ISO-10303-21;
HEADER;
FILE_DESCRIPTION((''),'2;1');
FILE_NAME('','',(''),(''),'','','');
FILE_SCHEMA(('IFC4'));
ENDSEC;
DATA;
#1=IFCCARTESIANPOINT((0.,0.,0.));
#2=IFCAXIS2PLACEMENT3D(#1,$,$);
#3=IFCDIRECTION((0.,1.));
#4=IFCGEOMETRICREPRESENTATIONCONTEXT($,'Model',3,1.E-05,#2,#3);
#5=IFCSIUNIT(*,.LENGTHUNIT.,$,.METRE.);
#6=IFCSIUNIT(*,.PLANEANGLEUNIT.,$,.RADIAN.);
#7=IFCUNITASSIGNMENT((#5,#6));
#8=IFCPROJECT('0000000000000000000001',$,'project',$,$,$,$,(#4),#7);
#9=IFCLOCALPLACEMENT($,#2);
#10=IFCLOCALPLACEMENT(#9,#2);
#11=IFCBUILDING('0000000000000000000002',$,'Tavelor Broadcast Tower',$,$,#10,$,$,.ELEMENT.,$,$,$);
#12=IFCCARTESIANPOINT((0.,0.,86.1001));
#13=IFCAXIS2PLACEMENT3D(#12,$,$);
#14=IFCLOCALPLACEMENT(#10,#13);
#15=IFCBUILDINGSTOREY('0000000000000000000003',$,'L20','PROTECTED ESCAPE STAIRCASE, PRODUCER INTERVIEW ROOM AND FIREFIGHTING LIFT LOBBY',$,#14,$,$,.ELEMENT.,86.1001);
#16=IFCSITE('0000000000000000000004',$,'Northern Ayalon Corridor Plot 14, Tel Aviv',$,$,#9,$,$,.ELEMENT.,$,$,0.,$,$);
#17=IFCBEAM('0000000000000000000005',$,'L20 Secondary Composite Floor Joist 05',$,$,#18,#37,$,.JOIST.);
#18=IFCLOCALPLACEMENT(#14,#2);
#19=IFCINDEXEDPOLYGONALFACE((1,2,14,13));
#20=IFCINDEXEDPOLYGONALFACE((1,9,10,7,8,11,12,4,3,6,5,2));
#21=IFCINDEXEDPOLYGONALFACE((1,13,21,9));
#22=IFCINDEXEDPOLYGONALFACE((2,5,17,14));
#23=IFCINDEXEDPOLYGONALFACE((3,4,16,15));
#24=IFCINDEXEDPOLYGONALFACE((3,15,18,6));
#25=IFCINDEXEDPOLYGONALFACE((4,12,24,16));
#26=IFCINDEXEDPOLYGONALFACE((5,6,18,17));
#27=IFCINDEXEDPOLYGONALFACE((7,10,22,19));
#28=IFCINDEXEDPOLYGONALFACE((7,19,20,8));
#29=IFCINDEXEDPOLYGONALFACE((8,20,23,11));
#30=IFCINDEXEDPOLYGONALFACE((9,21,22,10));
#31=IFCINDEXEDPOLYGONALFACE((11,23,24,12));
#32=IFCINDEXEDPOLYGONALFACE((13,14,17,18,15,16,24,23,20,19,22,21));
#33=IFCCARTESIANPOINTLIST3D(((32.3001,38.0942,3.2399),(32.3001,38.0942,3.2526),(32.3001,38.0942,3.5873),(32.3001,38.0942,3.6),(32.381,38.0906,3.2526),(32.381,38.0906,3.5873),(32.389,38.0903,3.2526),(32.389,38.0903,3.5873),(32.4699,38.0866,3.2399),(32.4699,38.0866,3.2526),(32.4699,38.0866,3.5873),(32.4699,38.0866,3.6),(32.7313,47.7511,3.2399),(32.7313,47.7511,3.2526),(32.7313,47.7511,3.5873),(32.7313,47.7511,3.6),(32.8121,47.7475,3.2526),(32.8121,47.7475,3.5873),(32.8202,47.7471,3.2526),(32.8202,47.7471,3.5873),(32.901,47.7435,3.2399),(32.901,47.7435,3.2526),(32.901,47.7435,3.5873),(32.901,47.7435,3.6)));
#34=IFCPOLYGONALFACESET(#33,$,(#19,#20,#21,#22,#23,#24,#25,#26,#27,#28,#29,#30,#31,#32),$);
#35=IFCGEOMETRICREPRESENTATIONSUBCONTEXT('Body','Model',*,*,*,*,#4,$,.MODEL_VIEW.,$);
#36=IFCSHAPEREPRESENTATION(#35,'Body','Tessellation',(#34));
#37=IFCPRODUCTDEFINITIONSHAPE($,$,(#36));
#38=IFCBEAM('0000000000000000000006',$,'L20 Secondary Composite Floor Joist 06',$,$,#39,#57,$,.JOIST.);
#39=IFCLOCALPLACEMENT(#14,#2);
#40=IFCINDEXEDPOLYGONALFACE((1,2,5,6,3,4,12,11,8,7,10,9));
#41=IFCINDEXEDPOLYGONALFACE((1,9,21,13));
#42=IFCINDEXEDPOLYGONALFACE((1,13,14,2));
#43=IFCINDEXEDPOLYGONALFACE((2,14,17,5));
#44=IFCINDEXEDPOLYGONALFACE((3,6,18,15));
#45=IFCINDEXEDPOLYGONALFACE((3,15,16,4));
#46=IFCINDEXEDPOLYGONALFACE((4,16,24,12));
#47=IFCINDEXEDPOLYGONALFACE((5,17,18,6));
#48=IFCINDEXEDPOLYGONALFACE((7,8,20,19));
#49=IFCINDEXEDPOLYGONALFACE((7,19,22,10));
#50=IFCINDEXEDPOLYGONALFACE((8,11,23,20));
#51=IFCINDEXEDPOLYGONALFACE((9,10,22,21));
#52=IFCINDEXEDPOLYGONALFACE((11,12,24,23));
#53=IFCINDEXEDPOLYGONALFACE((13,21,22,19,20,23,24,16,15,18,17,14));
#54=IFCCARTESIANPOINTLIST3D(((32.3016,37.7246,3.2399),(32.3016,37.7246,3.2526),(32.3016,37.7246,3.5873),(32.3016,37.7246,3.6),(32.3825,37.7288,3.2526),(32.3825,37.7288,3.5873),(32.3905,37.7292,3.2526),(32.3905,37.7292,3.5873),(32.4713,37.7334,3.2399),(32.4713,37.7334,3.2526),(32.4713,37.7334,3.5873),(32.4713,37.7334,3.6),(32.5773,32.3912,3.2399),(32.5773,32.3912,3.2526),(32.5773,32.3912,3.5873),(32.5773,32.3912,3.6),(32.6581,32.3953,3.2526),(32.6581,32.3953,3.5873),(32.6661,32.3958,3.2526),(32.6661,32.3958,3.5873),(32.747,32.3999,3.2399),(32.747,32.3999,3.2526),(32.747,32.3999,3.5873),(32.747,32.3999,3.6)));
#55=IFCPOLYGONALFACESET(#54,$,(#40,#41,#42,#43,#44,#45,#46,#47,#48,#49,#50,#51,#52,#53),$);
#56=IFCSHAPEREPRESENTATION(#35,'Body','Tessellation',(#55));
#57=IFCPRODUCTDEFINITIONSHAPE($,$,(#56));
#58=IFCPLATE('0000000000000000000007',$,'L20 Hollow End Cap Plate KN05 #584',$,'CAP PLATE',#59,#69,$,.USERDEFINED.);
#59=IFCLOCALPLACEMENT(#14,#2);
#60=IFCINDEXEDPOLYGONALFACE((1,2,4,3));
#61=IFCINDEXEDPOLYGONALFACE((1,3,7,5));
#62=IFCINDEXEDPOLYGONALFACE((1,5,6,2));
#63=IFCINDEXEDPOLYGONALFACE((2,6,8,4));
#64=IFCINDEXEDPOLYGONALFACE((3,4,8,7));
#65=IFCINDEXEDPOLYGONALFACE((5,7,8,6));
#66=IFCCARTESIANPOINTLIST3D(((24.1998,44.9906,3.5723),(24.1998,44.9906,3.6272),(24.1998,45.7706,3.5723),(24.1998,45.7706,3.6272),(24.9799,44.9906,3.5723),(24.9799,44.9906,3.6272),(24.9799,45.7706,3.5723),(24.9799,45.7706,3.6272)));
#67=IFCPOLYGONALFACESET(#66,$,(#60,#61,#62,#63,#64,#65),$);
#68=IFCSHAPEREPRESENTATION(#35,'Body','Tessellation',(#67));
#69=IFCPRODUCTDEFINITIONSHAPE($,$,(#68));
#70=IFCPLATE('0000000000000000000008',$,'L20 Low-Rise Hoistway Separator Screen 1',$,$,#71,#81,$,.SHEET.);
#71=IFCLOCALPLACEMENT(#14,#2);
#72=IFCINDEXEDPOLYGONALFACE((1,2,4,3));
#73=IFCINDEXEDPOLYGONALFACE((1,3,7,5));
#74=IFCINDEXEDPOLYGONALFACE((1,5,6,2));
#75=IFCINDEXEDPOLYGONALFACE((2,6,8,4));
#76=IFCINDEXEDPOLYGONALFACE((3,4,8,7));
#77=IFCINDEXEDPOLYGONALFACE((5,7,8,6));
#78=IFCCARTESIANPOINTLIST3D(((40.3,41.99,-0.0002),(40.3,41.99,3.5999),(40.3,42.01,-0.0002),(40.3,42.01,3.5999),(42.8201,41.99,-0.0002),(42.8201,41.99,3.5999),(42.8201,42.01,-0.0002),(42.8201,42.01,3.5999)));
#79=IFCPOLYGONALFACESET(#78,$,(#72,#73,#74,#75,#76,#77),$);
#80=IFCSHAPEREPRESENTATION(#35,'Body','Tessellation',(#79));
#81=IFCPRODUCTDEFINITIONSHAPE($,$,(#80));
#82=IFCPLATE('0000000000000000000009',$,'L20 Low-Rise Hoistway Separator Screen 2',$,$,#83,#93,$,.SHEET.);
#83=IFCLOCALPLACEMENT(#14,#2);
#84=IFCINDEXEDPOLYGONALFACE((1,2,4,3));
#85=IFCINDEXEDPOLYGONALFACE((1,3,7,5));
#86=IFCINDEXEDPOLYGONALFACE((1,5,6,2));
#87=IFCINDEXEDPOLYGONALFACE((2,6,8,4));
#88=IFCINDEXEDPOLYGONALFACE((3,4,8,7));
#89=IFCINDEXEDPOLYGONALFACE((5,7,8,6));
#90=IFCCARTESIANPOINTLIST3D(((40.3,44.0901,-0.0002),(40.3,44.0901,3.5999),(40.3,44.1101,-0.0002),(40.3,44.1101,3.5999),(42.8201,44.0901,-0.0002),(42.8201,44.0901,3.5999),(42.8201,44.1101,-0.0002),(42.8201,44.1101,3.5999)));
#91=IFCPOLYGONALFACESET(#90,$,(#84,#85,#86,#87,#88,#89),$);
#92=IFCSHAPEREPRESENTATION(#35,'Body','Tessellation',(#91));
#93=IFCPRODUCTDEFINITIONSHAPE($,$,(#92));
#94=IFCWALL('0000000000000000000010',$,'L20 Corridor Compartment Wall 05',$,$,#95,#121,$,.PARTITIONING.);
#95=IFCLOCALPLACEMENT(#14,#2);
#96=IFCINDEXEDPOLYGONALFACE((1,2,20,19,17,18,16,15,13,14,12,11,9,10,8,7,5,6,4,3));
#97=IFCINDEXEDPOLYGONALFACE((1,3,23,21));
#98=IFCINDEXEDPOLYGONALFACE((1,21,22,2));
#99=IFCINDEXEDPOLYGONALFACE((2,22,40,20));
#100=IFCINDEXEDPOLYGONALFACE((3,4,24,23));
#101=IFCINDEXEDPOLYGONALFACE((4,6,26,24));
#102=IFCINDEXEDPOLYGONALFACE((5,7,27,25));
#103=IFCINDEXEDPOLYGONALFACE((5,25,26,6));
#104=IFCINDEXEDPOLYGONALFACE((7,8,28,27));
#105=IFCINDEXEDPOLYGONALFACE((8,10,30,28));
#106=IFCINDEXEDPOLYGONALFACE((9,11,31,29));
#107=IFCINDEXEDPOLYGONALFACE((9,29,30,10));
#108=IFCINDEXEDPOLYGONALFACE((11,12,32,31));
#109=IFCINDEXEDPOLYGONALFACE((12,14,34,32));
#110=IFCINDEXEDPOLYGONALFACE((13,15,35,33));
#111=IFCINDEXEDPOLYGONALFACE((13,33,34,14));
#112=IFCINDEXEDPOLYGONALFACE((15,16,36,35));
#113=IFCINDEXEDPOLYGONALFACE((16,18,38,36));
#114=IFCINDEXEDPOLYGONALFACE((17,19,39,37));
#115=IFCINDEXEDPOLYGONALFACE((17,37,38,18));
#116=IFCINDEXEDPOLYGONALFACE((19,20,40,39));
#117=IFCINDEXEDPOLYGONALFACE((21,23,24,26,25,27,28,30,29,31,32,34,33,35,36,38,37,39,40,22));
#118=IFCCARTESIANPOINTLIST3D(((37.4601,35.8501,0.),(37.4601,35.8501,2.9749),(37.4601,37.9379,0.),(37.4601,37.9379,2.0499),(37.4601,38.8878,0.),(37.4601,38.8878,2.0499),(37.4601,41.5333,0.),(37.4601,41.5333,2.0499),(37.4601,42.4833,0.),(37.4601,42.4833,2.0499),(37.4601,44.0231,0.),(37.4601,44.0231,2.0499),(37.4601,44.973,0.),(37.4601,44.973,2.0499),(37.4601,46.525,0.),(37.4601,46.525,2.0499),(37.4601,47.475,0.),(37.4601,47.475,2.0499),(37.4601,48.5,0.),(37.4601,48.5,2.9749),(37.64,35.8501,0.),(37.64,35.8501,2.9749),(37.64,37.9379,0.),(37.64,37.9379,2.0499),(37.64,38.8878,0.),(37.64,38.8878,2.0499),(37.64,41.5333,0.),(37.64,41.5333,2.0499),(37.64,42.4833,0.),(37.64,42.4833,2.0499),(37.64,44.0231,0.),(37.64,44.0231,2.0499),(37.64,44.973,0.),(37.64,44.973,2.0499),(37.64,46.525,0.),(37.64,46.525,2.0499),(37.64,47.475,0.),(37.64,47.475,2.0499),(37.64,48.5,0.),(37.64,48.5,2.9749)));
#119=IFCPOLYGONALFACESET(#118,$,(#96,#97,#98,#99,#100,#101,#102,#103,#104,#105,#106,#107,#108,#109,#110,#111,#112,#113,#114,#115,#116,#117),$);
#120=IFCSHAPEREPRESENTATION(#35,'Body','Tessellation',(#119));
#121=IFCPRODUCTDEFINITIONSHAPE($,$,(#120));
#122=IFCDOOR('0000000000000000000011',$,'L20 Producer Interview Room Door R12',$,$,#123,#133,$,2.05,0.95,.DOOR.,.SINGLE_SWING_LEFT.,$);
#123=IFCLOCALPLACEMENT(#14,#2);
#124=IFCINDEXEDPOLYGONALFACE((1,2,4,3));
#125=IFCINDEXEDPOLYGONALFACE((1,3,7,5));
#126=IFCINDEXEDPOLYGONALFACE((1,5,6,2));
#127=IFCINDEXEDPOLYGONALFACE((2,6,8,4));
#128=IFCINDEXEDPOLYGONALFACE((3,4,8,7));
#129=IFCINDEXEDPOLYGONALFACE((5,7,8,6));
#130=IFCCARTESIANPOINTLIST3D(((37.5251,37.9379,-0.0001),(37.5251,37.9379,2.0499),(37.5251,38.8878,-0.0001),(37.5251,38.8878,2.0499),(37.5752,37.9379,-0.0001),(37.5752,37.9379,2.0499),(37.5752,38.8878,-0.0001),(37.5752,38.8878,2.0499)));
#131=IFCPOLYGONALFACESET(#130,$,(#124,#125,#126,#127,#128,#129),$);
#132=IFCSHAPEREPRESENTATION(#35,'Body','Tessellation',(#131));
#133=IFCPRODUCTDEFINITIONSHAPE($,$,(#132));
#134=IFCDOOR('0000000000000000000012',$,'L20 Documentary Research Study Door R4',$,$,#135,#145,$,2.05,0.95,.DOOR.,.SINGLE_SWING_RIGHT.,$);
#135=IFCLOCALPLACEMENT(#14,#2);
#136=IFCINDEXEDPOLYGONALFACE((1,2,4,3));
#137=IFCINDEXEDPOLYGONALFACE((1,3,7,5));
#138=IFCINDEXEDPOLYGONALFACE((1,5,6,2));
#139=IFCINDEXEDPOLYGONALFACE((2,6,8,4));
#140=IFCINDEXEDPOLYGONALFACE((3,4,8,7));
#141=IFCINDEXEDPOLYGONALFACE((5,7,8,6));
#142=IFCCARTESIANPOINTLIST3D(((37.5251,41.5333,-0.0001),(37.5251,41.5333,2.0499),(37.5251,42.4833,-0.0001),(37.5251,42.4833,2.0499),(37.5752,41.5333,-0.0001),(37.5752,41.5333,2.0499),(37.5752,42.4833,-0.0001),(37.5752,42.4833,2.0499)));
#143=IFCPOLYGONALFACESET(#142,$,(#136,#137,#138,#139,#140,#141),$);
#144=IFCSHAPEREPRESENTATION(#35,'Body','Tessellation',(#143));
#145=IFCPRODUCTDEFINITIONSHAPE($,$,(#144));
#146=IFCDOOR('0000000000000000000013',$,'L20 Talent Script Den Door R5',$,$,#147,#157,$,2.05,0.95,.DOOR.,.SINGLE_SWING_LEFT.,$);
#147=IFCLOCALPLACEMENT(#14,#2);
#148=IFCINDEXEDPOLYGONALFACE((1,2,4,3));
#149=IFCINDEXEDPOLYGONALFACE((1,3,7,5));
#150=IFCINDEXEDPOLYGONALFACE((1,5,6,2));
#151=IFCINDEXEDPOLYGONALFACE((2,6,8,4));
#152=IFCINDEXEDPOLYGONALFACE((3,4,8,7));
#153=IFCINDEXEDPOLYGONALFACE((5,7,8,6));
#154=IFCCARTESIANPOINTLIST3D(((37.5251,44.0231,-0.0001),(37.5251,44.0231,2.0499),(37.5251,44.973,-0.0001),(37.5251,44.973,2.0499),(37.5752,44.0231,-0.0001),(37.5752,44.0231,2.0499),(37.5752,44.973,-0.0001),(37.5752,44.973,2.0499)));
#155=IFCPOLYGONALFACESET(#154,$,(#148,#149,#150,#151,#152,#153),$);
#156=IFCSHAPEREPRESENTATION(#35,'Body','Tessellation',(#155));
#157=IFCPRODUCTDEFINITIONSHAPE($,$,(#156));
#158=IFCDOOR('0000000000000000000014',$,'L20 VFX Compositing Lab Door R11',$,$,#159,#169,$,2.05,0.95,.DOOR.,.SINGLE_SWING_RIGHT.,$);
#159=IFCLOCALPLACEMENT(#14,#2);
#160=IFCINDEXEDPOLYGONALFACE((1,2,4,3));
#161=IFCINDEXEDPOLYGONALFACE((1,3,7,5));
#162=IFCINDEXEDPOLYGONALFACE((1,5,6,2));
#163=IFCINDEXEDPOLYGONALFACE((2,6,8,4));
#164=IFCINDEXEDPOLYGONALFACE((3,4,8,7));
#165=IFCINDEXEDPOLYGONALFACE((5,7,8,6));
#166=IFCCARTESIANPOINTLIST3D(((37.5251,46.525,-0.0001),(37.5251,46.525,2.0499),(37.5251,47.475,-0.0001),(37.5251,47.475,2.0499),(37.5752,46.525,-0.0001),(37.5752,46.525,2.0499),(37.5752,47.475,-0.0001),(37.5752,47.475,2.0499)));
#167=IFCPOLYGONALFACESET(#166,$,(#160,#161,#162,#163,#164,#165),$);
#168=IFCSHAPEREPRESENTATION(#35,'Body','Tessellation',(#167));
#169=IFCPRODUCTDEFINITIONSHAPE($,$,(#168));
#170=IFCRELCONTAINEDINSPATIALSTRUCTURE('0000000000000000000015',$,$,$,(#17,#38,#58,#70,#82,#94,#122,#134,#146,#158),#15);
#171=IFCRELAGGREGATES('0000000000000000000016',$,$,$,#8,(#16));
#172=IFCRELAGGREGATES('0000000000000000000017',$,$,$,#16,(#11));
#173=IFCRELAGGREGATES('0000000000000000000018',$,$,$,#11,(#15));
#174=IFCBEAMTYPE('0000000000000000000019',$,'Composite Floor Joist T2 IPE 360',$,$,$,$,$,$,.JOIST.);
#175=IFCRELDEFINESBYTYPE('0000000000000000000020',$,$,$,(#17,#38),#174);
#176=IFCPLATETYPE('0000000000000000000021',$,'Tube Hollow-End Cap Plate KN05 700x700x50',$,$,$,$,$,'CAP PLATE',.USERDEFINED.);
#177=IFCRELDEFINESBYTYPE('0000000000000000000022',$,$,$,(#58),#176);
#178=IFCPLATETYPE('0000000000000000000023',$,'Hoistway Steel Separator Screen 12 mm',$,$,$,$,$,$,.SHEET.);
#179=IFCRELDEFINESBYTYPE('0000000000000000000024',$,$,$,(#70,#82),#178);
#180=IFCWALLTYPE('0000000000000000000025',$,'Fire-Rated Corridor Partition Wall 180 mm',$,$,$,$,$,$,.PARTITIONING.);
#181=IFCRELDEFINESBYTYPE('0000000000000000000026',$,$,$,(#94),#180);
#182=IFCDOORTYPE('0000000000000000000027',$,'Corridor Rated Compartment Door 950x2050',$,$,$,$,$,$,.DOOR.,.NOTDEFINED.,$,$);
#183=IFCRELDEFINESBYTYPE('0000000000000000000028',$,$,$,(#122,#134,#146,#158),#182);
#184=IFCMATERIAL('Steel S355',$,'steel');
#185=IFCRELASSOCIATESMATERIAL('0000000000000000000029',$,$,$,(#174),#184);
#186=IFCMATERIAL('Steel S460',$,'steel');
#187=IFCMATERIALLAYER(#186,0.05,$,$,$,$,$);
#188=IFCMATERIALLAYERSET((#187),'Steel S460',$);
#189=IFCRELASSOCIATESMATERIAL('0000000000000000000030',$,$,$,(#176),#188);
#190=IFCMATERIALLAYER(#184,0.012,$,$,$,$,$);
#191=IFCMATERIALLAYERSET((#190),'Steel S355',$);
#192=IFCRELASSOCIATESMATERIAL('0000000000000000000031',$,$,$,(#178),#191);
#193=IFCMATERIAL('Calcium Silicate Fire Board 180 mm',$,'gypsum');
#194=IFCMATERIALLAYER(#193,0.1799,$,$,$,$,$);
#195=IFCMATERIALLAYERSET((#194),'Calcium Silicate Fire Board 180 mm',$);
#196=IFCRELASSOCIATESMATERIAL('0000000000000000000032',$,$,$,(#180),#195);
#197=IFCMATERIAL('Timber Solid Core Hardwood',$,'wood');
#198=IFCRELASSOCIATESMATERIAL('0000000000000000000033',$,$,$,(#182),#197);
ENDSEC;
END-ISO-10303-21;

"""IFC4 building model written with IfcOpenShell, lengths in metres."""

from ifc_helpers import new_model, si_unit, direction, frame, frame_2d, origin, origin_2d, place, context, subcontext, project, spatial, rectangle, i_section, extrude, source, transform, mapped, material, layer, layer_set, material_profile, profile_set, type_object, type_shapes, element, fill, save


model = new_model("IFC4")

# Units and contexts
model_context = context("Model", 3, precision=1e-05, world=origin(), true_north=direction((0.0, 1.0)))
body_context = subcontext(model_context, "Body", "Model", "MODEL_VIEW")
ifc_project = project(units=[si_unit("LENGTHUNIT", "METRE"), si_unit("PLANEANGLEUNIT", "RADIAN")], contexts=[model_context])

# Site, building, storey
site_placement = place(None, origin())
site = spatial("IfcSite", under=ifc_project, at=site_placement, Name="Northern Ayalon Corridor Plot 14, Tel Aviv", CompositionType="ELEMENT", RefElevation=0.0)
building_placement = place(site_placement, origin())
building = spatial("IfcBuilding", under=site, at=building_placement, Name="Tavelor Broadcast Tower", CompositionType="ELEMENT")
storey_placement = place(building_placement, frame((0.0, 0.0, 86.1001)))
storey = spatial("IfcBuildingStorey", under=building, at=storey_placement, Name="L20", Description="PROTECTED ESCAPE STAIRCASE, PRODUCER INTERVIEW ROOM AND FIREFIGHTING LIFT LOBBY", CompositionType="ELEMENT", Elevation=86.1001)

# Beams
ifc_material_1 = material(Name="Steel S355", Category="steel")
ifc_material_profile = material_profile(ifc_material_1, i_section(OverallWidth=0.1699, OverallDepth=0.3601, WebThickness=0.0081, FlangeThickness=0.0127, at=origin_2d()), Name="IPE 360")
ifc_profile_set = profile_set([ifc_material_profile], Name="Steel S355")
beam_type = type_object("IfcBeamType", Name="Composite Floor Joist T2 IPE 360", PredefinedType="JOIST", material=ifc_profile_set)
beam_1_placement = place(storey_placement, frame((32.8162, 47.7473, 3.4199), z_axis=(-0.044602, -0.999005, 0.0), x_axis=(0.999005, -0.044602, 0.0)))
element("IfcBeam", 1, at=beam_1_placement, inside=storey, type_object=beam_type, Name="L20 Secondary Composite Floor Joist 05", PredefinedType="JOIST", context=body_context, shape_type="SweptSolid", body=[
    extrude(i_section(OverallWidth=0.1699, OverallDepth=0.3601, WebThickness=0.0081, FlangeThickness=0.0127, at=origin_2d()), origin(), (0.0, 0.0, 1.0), 9.6665),
])
beam_2_placement = place(storey_placement, frame((32.3865, 37.729, 3.4199), z_axis=(0.051611, -0.998667, 0.0), x_axis=(0.998667, 0.051611, 0.0)))
element("IfcBeam", 2, at=beam_2_placement, inside=storey, type_object=beam_type, Name="L20 Secondary Composite Floor Joist 06", PredefinedType="JOIST", context=body_context, shape_type="SweptSolid", body=[
    extrude(i_section(OverallWidth=0.1699, OverallDepth=0.3601, WebThickness=0.0081, FlangeThickness=0.0127, at=origin_2d()), origin(), (0.0, 0.0, 1.0), 5.3406),
])

# Plates
ifc_material_2 = material(Name="Steel S460", Category="steel")
ifc_layer_1 = layer(ifc_material_2, 0.05)
ifc_layer_set_1 = layer_set([ifc_layer_1], Name="Steel S460")
plate_type_1 = type_object("IfcPlateType", Name="Tube Hollow-End Cap Plate KN05 700x700x50", ElementType="CAP PLATE", PredefinedType="USERDEFINED", material=ifc_layer_set_1)
shared_shape_1 = source(origin(), body_context, "Body", "SweptSolid", [
    extrude(rectangle(XDim=0.78, YDim=0.78, at=origin_2d()), origin(), (0.0, 0.0, 1.0), 0.0549),
])
type_shapes(plate_type_1, [shared_shape_1])
plate_placement = place(storey_placement, frame((24.5898, 45.3806, 3.5723), z_axis=(0.0, 0.0, 1.0), x_axis=(1.0, 0.0, 0.0)))
element("IfcPlate", 3, at=plate_placement, inside=storey, type_object=plate_type_1, Name="L20 Hollow End Cap Plate KN05 #584", ObjectType="CAP PLATE", PredefinedType="USERDEFINED", context=body_context, shape_type="MappedRepresentation", body=[
    mapped(shared_shape_1, transform((0.0, 0.0, 0.0), scale=1.0)),
])
ifc_layer_2 = layer(ifc_material_1, 0.012)
ifc_layer_set_2 = layer_set([ifc_layer_2], Name="Steel S355")
plate_type_2 = type_object("IfcPlateType", Name="Hoistway Steel Separator Screen 12 mm", PredefinedType="SHEET", material=ifc_layer_set_2)
shared_shape_2 = source(origin(), body_context, "Body", "SweptSolid", [
    extrude(rectangle(XDim=2.52, YDim=0.02, at=origin_2d()), origin(), (0.0, 0.0, 1.0), 3.6001),
])
type_shapes(plate_type_2, [shared_shape_2])
for number, where, z_axis, x_axis, name in (
    (4, (41.5601, 42.0, -0.0002), (0.0, 0.0, 1.0), (1.0, 0.0, 0.0), "L20 Low-Rise Hoistway Separator Screen 1"),
    (5, (41.5601, 44.1001, -0.0002), (0.0, 0.0, 1.0), (1.0, 0.0, 0.0), "L20 Low-Rise Hoistway Separator Screen 2"),
):
    element("IfcPlate", number, at=place(storey_placement, frame(where, z_axis=z_axis, x_axis=x_axis)), inside=storey, type_object=plate_type_2, Name=name, PredefinedType="SHEET", context=body_context, shape_type="MappedRepresentation", body=[
        mapped(shared_shape_2, transform((0.0, 0.0, 0.0), scale=1.0)),
    ])

# Wall, openings, doors
ifc_material_3 = material(Name="Calcium Silicate Fire Board 180 mm", Category="gypsum")
ifc_layer_3 = layer(ifc_material_3, 0.1799)
ifc_layer_set_3 = layer_set([ifc_layer_3], Name="Calcium Silicate Fire Board 180 mm")
wall_type_1 = type_object("IfcWallType", Name="Fire-Rated Corridor Partition Wall 180 mm", PredefinedType="PARTITIONING", material=ifc_layer_set_3)
wall_1_placement = place(storey_placement, frame((37.55, 35.8501, 0.0), z_axis=(0.0, 0.0, 1.0), x_axis=(0.0, 1.0, 0.0)))
wall_1 = element("IfcWall", 6, at=wall_1_placement, inside=storey, type_object=wall_type_1, Name="L20 Corridor Compartment Wall 05", PredefinedType="PARTITIONING", context=body_context, shape_type="SweptSolid", body=[
    extrude(rectangle(XDim=12.6499, YDim=0.1799, at=frame_2d((6.325, 0.0))), origin(), (0.0, 0.0, 1.0), 2.9749),
])
opening_1_placement = place(wall_1_placement, frame((2.0876, 0.0, 0.0)))
opening_1 = element("IfcOpeningElement", 7, at=opening_1_placement, cuts=wall_1, PredefinedType="OPENING", context=body_context, shape_type="SweptSolid", body=[
    extrude(rectangle(XDim=0.95, YDim=2.05, at=frame_2d((0.4751, 1.0249))), frame((0.0, 0.1001, 0.0), z_axis=(0.0, -1.0, 0.0), x_axis=(1.0, 0.0, 0.0)), (0.0, 0.0, 1.0), 0.2),
])
opening_2_placement = place(wall_1_placement, frame((5.6831, 0.0, 0.0)))
opening_2 = element("IfcOpeningElement", 8, at=opening_2_placement, cuts=wall_1, PredefinedType="OPENING", context=body_context, shape_type="SweptSolid", body=[
    extrude(rectangle(XDim=0.95, YDim=2.05, at=frame_2d((0.4751, 1.0249))), frame((0.0, 0.1001, 0.0), z_axis=(0.0, -1.0, 0.0), x_axis=(1.0, 0.0, 0.0)), (0.0, 0.0, 1.0), 0.2),
])
opening_3_placement = place(wall_1_placement, frame((8.1729, 0.0, 0.0)))
opening_3 = element("IfcOpeningElement", 9, at=opening_3_placement, cuts=wall_1, PredefinedType="OPENING", context=body_context, shape_type="SweptSolid", body=[
    extrude(rectangle(XDim=0.95, YDim=2.05, at=frame_2d((0.4751, 1.0249))), frame((0.0, 0.1001, 0.0), z_axis=(0.0, -1.0, 0.0), x_axis=(1.0, 0.0, 0.0)), (0.0, 0.0, 1.0), 0.2),
])
opening_4_placement = place(wall_1_placement, frame((10.6748, 0.0, 0.0)))
opening_4 = element("IfcOpeningElement", 10, at=opening_4_placement, cuts=wall_1, PredefinedType="OPENING", context=body_context, shape_type="SweptSolid", body=[
    extrude(rectangle(XDim=0.95, YDim=2.05, at=frame_2d((0.4751, 1.0249))), frame((0.0, 0.1001, 0.0), z_axis=(0.0, -1.0, 0.0), x_axis=(1.0, 0.0, 0.0)), (0.0, 0.0, 1.0), 0.2),
])
ifc_material_4 = material(Name="Timber Solid Core Hardwood", Category="wood")
door_type_1 = type_object("IfcDoorType", Name="Corridor Rated Compartment Door 950x2050", OperationType="NOTDEFINED", PredefinedType="DOOR", material=ifc_material_4)
door_1_placement = place(opening_1_placement, origin())
door_1 = element("IfcDoor", 11, at=door_1_placement, inside=storey, type_object=door_type_1, Name="L20 Producer Interview Room Door R12", OperationType="SINGLE_SWING_LEFT", OverallHeight=2.05, OverallWidth=0.95, PredefinedType="DOOR", context=body_context, shape_type="SweptSolid", body=[
    extrude(rectangle(XDim=0.95, YDim=2.05, at=frame_2d((0.4751, 1.0249))), frame((0.0, 0.0249, 0.0), z_axis=(0.0, -1.0, 0.0), x_axis=(1.0, 0.0, 0.0)), (0.0, 0.0, 1.0), 0.05),
])
fill(opening_1, door_1)
door_2_placement = place(opening_2_placement, origin())
door_2 = element("IfcDoor", 12, at=door_2_placement, inside=storey, type_object=door_type_1, Name="L20 Documentary Research Study Door R4", OperationType="SINGLE_SWING_RIGHT", OverallHeight=2.05, OverallWidth=0.95, PredefinedType="DOOR", context=body_context, shape_type="SweptSolid", body=[
    extrude(rectangle(XDim=0.95, YDim=2.05, at=frame_2d((0.4751, 1.0249))), frame((0.0, 0.0249, 0.0), z_axis=(0.0, -1.0, 0.0), x_axis=(1.0, 0.0, 0.0)), (0.0, 0.0, 1.0), 0.05),
])
fill(opening_2, door_2)
door_3_placement = place(opening_3_placement, origin())
door_3 = element("IfcDoor", 13, at=door_3_placement, inside=storey, type_object=door_type_1, Name="L20 Talent Script Den Door R5", OperationType="SINGLE_SWING_LEFT", OverallHeight=2.05, OverallWidth=0.95, PredefinedType="DOOR", context=body_context, shape_type="SweptSolid", body=[
    extrude(rectangle(XDim=0.95, YDim=2.05, at=frame_2d((0.4751, 1.0249))), frame((0.0, 0.0249, 0.0), z_axis=(0.0, -1.0, 0.0), x_axis=(1.0, 0.0, 0.0)), (0.0, 0.0, 1.0), 0.05),
])
fill(opening_3, door_3)
door_4_placement = place(opening_4_placement, origin())
door_4 = element("IfcDoor", 14, at=door_4_placement, inside=storey, type_object=door_type_1, Name="L20 VFX Compositing Lab Door R11", OperationType="SINGLE_SWING_RIGHT", OverallHeight=2.05, OverallWidth=0.95, PredefinedType="DOOR", context=body_context, shape_type="SweptSolid", body=[
    extrude(rectangle(XDim=0.95, YDim=2.05, at=frame_2d((0.4751, 1.0249))), frame((0.0, 0.0249, 0.0), z_axis=(0.0, -1.0, 0.0), x_axis=(1.0, 0.0, 0.0)), (0.0, 0.0, 1.0), 0.05),
])
fill(opening_4, door_4)

save(model, "model.ifc")
